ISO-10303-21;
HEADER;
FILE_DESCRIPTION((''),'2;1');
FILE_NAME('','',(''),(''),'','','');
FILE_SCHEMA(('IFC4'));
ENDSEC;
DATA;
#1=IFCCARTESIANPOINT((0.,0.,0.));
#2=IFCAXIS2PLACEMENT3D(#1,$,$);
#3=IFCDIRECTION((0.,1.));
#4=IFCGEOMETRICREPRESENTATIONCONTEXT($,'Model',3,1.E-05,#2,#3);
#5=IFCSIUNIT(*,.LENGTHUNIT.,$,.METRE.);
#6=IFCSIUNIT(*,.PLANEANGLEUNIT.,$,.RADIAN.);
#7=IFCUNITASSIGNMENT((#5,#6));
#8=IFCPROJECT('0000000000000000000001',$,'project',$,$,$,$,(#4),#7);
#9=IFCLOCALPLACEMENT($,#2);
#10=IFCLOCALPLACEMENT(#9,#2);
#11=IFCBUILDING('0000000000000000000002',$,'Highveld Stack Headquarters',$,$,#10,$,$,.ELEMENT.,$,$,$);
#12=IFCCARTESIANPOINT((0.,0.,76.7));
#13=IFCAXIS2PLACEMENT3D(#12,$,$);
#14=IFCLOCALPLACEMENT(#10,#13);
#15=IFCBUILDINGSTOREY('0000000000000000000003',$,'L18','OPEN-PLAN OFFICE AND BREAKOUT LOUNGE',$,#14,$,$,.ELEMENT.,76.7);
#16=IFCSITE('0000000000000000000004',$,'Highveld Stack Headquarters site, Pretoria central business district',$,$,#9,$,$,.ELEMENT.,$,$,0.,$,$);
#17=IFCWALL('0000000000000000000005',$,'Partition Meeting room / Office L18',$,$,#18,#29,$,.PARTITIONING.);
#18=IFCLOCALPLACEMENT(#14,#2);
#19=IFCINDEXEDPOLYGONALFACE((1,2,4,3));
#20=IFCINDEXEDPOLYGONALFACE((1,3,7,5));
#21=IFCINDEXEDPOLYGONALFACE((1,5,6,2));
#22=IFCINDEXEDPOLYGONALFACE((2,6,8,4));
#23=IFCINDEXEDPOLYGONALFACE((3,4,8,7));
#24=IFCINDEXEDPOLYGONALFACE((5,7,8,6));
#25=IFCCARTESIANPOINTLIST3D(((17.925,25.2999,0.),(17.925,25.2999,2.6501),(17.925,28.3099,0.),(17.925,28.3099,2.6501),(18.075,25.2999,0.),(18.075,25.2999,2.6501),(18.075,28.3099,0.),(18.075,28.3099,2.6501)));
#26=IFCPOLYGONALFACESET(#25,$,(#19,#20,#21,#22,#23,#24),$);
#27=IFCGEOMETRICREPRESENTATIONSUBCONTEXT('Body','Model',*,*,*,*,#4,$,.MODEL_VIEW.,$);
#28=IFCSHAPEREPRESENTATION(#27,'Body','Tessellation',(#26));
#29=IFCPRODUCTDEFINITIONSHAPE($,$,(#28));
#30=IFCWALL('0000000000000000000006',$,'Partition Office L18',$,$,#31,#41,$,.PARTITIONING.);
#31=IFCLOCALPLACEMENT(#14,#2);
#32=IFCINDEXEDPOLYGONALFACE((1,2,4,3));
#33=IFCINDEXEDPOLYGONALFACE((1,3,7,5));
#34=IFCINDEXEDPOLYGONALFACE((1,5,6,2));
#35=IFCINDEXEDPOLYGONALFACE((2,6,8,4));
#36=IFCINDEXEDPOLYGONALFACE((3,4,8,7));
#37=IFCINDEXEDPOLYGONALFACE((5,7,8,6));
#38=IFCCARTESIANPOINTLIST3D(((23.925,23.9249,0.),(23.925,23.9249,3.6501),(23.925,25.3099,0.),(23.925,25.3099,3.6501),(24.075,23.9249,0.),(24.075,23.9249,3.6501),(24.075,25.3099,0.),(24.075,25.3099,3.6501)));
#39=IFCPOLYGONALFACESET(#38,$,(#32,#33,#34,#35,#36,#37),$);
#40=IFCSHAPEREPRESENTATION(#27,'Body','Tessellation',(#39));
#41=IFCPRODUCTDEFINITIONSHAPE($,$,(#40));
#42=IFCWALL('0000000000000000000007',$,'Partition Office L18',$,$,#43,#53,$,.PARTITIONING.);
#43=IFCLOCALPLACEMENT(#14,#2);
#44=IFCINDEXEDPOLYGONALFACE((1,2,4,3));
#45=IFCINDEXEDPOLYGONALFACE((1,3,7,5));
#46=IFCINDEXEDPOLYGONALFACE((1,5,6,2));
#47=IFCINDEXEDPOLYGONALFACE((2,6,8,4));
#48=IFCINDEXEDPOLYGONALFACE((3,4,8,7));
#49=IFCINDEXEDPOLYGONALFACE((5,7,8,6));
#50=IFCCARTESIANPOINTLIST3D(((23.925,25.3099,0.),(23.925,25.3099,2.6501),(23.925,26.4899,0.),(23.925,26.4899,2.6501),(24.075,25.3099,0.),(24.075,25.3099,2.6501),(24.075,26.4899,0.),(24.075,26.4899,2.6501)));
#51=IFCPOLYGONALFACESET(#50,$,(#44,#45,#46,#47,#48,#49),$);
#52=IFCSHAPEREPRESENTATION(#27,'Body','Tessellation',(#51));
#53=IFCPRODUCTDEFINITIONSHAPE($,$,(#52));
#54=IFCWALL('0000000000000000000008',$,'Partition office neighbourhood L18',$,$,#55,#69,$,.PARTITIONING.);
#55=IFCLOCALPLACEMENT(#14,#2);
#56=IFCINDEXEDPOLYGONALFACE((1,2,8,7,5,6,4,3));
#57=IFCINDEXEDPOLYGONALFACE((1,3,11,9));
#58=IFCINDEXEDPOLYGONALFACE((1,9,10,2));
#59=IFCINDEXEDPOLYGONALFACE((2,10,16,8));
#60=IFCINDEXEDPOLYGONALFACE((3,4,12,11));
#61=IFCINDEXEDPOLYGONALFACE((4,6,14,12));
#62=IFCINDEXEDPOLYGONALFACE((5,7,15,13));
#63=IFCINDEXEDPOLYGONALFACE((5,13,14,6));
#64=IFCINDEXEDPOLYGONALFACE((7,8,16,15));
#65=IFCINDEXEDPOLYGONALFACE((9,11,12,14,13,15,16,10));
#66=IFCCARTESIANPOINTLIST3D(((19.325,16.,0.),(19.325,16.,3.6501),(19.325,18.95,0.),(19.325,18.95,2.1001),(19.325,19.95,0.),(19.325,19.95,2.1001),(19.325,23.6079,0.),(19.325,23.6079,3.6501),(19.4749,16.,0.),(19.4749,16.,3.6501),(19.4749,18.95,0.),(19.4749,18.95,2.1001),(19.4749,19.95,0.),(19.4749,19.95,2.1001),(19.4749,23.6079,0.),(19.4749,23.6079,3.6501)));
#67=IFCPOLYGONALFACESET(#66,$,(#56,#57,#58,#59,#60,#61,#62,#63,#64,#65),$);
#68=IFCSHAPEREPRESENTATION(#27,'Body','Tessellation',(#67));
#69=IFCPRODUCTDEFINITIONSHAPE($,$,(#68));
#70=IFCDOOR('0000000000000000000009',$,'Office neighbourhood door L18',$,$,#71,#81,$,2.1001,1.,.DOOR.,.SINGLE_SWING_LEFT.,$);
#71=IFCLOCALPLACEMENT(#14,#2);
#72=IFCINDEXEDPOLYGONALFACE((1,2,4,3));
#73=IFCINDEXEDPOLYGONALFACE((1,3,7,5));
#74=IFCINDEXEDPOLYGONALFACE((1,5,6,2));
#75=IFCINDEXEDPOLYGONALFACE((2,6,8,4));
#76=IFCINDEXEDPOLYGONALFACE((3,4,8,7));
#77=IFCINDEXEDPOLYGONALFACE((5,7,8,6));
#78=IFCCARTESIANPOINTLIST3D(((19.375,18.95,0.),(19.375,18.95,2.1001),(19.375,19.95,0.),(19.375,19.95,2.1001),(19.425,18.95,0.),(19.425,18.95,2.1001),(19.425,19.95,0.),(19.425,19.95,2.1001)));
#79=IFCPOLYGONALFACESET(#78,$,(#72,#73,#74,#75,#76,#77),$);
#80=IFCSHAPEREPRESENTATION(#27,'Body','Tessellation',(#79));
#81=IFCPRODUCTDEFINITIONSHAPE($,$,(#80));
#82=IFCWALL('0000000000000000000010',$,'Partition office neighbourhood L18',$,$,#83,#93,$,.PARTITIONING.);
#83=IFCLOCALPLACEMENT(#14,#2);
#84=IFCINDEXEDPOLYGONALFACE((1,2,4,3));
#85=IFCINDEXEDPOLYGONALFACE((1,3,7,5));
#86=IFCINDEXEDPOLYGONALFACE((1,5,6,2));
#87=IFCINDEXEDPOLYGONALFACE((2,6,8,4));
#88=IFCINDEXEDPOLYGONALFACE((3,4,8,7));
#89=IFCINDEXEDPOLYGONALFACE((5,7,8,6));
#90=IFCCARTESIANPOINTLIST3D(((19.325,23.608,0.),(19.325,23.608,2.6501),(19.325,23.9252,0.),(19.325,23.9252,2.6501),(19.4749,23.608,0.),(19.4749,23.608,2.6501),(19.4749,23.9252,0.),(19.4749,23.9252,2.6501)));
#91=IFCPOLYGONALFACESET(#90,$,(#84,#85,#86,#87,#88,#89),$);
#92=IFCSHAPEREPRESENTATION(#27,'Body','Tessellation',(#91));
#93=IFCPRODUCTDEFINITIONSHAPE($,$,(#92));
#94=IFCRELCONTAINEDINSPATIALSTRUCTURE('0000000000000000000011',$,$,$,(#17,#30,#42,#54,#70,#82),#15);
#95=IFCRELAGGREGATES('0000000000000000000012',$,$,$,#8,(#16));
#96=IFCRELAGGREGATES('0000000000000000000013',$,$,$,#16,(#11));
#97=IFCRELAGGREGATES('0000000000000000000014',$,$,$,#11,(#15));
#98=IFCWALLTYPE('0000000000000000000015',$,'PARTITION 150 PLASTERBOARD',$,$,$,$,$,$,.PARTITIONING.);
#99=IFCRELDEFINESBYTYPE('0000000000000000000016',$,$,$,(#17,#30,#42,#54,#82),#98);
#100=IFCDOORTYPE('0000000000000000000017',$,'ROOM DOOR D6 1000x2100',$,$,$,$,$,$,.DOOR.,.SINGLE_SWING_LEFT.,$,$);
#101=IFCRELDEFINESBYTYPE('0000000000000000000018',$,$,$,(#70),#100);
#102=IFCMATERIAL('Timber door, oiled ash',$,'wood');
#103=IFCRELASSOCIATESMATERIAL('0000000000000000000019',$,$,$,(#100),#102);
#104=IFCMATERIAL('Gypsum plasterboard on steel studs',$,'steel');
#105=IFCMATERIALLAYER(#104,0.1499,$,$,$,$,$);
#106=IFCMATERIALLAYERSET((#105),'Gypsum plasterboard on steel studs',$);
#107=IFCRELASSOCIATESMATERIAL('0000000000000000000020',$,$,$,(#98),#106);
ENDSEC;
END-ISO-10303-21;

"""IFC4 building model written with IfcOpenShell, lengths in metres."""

from ifc_helpers import new_model, si_unit, direction, frame, frame_2d, origin, place, context, subcontext, project, spatial, rectangle, extrude, material, layer, layer_set, type_object, element, fill, save


model = new_model("IFC4")

# Units and contexts
model_context = context("Model", 3, precision=1e-05, world=origin(), true_north=direction((0.0, 1.0)))
body_context = subcontext(model_context, "Body", "Model", "MODEL_VIEW")
ifc_project = project(units=[si_unit("LENGTHUNIT", "METRE"), si_unit("PLANEANGLEUNIT", "RADIAN")], contexts=[model_context])

# Site, building, storey
site_placement = place(None, origin())
site = spatial("IfcSite", under=ifc_project, at=site_placement, Name="Highveld Stack Headquarters site, Pretoria central business district", CompositionType="ELEMENT", RefElevation=0.0)
building_placement = place(site_placement, origin())
building = spatial("IfcBuilding", under=site, at=building_placement, Name="Highveld Stack Headquarters", CompositionType="ELEMENT")
storey_placement = place(building_placement, frame((0.0, 0.0, 76.7)))
storey = spatial("IfcBuildingStorey", under=building, at=storey_placement, Name="L18", Description="OPEN-PLAN OFFICE AND BREAKOUT LOUNGE", CompositionType="ELEMENT", Elevation=76.7)

# Shared definitions
ifc_material_1 = material(Name="Timber door, oiled ash", Category="wood")
door_type = type_object("IfcDoorType", Name="ROOM DOOR D6 1000x2100", OperationType="SINGLE_SWING_LEFT", PredefinedType="DOOR", material=ifc_material_1)

# Shared definitions
ifc_material_2 = material(Name="Gypsum plasterboard on steel studs", Category="steel")
ifc_layer_1 = layer(ifc_material_2, 0.1499)
ifc_layer_set_1 = layer_set([ifc_layer_1], Name="Gypsum plasterboard on steel studs")
wall_type_1 = type_object("IfcWallType", Name="PARTITION 150 PLASTERBOARD", PredefinedType="PARTITIONING", material=ifc_layer_set_1)

# Walls
wall_1_placement = place(storey_placement, frame((18.0, 25.3, 0.0), z_axis=(0.0, 0.0, 1.0), x_axis=(0.0, 1.0, 0.0)))
element("IfcWall", 1, at=wall_1_placement, inside=storey, type_object=wall_type_1, Name="Partition Meeting room / Office L18", PredefinedType="PARTITIONING", context=body_context, shape_type="SweptSolid", body=[
    extrude(rectangle(XDim=3.01, YDim=0.1499, at=frame_2d((1.5049, 0.0))), origin(), (0.0, 0.0, 1.0), 2.6501),
])
wall_2_placement = place(storey_placement, frame((24.0, 23.925, 0.0), z_axis=(0.0, 0.0, 1.0), x_axis=(0.0, 1.0, 0.0)))
element("IfcWall", 2, at=wall_2_placement, inside=storey, type_object=wall_type_1, Name="Partition Office L18", PredefinedType="PARTITIONING", context=body_context, shape_type="SweptSolid", body=[
    extrude(rectangle(XDim=1.385, YDim=0.1499, at=frame_2d((0.6924, 0.0))), origin(), (0.0, 0.0, 1.0), 3.6501),
])
wall_3_placement = place(storey_placement, frame((24.0, 25.3101, 0.0), z_axis=(0.0, 0.0, 1.0), x_axis=(0.0, 1.0, 0.0)))
element("IfcWall", 3, at=wall_3_placement, inside=storey, type_object=wall_type_1, Name="Partition Office L18", PredefinedType="PARTITIONING", context=body_context, shape_type="SweptSolid", body=[
    extrude(rectangle(XDim=1.1799, YDim=0.1499, at=frame_2d((0.5898, 0.0))), origin(), (0.0, 0.0, 1.0), 2.6501),
])

# Wall, opening, door
wall_4_placement = place(storey_placement, frame((19.3999, 16.0, 0.0), z_axis=(0.0, 0.0, 1.0), x_axis=(0.0, 1.0, 0.0)))
wall_4 = element("IfcWall", 4, at=wall_4_placement, inside=storey, type_object=wall_type_1, Name="Partition office neighbourhood L18", PredefinedType="PARTITIONING", context=body_context, shape_type="SweptSolid", body=[
    extrude(rectangle(XDim=7.6079, YDim=0.1499, at=frame_2d((3.804, 0.0))), origin(), (0.0, 0.0, 1.0), 3.6501),
])
opening_1_placement = place(wall_4_placement, frame((2.95, 0.0, 0.0)))
opening_1 = element("IfcOpeningElement", 5, at=opening_1_placement, cuts=wall_4, PredefinedType="OPENING", context=body_context, shape_type="SweptSolid", body=[
    extrude(rectangle(XDim=1.0, YDim=2.1001, at=frame_2d((0.5, 1.05))), frame((0.0, 0.085, 0.0), z_axis=(0.0, -1.0, 0.0), x_axis=(1.0, 0.0, 0.0)), (0.0, 0.0, 1.0), 0.1699),
])
door_1_placement = place(opening_1_placement, origin())
door_1 = element("IfcDoor", 6, at=door_1_placement, inside=storey, type_object=door_type, Name="Office neighbourhood door L18", OperationType="SINGLE_SWING_LEFT", OverallHeight=2.1001, OverallWidth=1.0, PredefinedType="DOOR", context=body_context, shape_type="SweptSolid", body=[
    extrude(rectangle(XDim=1.0, YDim=2.1001, at=frame_2d((0.5, 1.05))), frame((0.0, 0.0249, 0.0), z_axis=(0.0, -1.0, 0.0), x_axis=(1.0, 0.0, 0.0)), (0.0, 0.0, 1.0), 0.05),
])
fill(opening_1, door_1)

# Wall
wall_5_placement = place(storey_placement, frame((19.3999, 23.6079, 0.0), z_axis=(0.0, 0.0, 1.0), x_axis=(0.0, 1.0, 0.0)))
element("IfcWall", 7, at=wall_5_placement, inside=storey, type_object=wall_type_1, Name="Partition office neighbourhood L18", PredefinedType="PARTITIONING", context=body_context, shape_type="SweptSolid", body=[
    extrude(rectangle(XDim=0.3171, YDim=0.1499, at=frame_2d((0.1587, 0.0))), origin(), (0.0, 0.0, 1.0), 2.6501),
])

save(model, "model.ifc")
